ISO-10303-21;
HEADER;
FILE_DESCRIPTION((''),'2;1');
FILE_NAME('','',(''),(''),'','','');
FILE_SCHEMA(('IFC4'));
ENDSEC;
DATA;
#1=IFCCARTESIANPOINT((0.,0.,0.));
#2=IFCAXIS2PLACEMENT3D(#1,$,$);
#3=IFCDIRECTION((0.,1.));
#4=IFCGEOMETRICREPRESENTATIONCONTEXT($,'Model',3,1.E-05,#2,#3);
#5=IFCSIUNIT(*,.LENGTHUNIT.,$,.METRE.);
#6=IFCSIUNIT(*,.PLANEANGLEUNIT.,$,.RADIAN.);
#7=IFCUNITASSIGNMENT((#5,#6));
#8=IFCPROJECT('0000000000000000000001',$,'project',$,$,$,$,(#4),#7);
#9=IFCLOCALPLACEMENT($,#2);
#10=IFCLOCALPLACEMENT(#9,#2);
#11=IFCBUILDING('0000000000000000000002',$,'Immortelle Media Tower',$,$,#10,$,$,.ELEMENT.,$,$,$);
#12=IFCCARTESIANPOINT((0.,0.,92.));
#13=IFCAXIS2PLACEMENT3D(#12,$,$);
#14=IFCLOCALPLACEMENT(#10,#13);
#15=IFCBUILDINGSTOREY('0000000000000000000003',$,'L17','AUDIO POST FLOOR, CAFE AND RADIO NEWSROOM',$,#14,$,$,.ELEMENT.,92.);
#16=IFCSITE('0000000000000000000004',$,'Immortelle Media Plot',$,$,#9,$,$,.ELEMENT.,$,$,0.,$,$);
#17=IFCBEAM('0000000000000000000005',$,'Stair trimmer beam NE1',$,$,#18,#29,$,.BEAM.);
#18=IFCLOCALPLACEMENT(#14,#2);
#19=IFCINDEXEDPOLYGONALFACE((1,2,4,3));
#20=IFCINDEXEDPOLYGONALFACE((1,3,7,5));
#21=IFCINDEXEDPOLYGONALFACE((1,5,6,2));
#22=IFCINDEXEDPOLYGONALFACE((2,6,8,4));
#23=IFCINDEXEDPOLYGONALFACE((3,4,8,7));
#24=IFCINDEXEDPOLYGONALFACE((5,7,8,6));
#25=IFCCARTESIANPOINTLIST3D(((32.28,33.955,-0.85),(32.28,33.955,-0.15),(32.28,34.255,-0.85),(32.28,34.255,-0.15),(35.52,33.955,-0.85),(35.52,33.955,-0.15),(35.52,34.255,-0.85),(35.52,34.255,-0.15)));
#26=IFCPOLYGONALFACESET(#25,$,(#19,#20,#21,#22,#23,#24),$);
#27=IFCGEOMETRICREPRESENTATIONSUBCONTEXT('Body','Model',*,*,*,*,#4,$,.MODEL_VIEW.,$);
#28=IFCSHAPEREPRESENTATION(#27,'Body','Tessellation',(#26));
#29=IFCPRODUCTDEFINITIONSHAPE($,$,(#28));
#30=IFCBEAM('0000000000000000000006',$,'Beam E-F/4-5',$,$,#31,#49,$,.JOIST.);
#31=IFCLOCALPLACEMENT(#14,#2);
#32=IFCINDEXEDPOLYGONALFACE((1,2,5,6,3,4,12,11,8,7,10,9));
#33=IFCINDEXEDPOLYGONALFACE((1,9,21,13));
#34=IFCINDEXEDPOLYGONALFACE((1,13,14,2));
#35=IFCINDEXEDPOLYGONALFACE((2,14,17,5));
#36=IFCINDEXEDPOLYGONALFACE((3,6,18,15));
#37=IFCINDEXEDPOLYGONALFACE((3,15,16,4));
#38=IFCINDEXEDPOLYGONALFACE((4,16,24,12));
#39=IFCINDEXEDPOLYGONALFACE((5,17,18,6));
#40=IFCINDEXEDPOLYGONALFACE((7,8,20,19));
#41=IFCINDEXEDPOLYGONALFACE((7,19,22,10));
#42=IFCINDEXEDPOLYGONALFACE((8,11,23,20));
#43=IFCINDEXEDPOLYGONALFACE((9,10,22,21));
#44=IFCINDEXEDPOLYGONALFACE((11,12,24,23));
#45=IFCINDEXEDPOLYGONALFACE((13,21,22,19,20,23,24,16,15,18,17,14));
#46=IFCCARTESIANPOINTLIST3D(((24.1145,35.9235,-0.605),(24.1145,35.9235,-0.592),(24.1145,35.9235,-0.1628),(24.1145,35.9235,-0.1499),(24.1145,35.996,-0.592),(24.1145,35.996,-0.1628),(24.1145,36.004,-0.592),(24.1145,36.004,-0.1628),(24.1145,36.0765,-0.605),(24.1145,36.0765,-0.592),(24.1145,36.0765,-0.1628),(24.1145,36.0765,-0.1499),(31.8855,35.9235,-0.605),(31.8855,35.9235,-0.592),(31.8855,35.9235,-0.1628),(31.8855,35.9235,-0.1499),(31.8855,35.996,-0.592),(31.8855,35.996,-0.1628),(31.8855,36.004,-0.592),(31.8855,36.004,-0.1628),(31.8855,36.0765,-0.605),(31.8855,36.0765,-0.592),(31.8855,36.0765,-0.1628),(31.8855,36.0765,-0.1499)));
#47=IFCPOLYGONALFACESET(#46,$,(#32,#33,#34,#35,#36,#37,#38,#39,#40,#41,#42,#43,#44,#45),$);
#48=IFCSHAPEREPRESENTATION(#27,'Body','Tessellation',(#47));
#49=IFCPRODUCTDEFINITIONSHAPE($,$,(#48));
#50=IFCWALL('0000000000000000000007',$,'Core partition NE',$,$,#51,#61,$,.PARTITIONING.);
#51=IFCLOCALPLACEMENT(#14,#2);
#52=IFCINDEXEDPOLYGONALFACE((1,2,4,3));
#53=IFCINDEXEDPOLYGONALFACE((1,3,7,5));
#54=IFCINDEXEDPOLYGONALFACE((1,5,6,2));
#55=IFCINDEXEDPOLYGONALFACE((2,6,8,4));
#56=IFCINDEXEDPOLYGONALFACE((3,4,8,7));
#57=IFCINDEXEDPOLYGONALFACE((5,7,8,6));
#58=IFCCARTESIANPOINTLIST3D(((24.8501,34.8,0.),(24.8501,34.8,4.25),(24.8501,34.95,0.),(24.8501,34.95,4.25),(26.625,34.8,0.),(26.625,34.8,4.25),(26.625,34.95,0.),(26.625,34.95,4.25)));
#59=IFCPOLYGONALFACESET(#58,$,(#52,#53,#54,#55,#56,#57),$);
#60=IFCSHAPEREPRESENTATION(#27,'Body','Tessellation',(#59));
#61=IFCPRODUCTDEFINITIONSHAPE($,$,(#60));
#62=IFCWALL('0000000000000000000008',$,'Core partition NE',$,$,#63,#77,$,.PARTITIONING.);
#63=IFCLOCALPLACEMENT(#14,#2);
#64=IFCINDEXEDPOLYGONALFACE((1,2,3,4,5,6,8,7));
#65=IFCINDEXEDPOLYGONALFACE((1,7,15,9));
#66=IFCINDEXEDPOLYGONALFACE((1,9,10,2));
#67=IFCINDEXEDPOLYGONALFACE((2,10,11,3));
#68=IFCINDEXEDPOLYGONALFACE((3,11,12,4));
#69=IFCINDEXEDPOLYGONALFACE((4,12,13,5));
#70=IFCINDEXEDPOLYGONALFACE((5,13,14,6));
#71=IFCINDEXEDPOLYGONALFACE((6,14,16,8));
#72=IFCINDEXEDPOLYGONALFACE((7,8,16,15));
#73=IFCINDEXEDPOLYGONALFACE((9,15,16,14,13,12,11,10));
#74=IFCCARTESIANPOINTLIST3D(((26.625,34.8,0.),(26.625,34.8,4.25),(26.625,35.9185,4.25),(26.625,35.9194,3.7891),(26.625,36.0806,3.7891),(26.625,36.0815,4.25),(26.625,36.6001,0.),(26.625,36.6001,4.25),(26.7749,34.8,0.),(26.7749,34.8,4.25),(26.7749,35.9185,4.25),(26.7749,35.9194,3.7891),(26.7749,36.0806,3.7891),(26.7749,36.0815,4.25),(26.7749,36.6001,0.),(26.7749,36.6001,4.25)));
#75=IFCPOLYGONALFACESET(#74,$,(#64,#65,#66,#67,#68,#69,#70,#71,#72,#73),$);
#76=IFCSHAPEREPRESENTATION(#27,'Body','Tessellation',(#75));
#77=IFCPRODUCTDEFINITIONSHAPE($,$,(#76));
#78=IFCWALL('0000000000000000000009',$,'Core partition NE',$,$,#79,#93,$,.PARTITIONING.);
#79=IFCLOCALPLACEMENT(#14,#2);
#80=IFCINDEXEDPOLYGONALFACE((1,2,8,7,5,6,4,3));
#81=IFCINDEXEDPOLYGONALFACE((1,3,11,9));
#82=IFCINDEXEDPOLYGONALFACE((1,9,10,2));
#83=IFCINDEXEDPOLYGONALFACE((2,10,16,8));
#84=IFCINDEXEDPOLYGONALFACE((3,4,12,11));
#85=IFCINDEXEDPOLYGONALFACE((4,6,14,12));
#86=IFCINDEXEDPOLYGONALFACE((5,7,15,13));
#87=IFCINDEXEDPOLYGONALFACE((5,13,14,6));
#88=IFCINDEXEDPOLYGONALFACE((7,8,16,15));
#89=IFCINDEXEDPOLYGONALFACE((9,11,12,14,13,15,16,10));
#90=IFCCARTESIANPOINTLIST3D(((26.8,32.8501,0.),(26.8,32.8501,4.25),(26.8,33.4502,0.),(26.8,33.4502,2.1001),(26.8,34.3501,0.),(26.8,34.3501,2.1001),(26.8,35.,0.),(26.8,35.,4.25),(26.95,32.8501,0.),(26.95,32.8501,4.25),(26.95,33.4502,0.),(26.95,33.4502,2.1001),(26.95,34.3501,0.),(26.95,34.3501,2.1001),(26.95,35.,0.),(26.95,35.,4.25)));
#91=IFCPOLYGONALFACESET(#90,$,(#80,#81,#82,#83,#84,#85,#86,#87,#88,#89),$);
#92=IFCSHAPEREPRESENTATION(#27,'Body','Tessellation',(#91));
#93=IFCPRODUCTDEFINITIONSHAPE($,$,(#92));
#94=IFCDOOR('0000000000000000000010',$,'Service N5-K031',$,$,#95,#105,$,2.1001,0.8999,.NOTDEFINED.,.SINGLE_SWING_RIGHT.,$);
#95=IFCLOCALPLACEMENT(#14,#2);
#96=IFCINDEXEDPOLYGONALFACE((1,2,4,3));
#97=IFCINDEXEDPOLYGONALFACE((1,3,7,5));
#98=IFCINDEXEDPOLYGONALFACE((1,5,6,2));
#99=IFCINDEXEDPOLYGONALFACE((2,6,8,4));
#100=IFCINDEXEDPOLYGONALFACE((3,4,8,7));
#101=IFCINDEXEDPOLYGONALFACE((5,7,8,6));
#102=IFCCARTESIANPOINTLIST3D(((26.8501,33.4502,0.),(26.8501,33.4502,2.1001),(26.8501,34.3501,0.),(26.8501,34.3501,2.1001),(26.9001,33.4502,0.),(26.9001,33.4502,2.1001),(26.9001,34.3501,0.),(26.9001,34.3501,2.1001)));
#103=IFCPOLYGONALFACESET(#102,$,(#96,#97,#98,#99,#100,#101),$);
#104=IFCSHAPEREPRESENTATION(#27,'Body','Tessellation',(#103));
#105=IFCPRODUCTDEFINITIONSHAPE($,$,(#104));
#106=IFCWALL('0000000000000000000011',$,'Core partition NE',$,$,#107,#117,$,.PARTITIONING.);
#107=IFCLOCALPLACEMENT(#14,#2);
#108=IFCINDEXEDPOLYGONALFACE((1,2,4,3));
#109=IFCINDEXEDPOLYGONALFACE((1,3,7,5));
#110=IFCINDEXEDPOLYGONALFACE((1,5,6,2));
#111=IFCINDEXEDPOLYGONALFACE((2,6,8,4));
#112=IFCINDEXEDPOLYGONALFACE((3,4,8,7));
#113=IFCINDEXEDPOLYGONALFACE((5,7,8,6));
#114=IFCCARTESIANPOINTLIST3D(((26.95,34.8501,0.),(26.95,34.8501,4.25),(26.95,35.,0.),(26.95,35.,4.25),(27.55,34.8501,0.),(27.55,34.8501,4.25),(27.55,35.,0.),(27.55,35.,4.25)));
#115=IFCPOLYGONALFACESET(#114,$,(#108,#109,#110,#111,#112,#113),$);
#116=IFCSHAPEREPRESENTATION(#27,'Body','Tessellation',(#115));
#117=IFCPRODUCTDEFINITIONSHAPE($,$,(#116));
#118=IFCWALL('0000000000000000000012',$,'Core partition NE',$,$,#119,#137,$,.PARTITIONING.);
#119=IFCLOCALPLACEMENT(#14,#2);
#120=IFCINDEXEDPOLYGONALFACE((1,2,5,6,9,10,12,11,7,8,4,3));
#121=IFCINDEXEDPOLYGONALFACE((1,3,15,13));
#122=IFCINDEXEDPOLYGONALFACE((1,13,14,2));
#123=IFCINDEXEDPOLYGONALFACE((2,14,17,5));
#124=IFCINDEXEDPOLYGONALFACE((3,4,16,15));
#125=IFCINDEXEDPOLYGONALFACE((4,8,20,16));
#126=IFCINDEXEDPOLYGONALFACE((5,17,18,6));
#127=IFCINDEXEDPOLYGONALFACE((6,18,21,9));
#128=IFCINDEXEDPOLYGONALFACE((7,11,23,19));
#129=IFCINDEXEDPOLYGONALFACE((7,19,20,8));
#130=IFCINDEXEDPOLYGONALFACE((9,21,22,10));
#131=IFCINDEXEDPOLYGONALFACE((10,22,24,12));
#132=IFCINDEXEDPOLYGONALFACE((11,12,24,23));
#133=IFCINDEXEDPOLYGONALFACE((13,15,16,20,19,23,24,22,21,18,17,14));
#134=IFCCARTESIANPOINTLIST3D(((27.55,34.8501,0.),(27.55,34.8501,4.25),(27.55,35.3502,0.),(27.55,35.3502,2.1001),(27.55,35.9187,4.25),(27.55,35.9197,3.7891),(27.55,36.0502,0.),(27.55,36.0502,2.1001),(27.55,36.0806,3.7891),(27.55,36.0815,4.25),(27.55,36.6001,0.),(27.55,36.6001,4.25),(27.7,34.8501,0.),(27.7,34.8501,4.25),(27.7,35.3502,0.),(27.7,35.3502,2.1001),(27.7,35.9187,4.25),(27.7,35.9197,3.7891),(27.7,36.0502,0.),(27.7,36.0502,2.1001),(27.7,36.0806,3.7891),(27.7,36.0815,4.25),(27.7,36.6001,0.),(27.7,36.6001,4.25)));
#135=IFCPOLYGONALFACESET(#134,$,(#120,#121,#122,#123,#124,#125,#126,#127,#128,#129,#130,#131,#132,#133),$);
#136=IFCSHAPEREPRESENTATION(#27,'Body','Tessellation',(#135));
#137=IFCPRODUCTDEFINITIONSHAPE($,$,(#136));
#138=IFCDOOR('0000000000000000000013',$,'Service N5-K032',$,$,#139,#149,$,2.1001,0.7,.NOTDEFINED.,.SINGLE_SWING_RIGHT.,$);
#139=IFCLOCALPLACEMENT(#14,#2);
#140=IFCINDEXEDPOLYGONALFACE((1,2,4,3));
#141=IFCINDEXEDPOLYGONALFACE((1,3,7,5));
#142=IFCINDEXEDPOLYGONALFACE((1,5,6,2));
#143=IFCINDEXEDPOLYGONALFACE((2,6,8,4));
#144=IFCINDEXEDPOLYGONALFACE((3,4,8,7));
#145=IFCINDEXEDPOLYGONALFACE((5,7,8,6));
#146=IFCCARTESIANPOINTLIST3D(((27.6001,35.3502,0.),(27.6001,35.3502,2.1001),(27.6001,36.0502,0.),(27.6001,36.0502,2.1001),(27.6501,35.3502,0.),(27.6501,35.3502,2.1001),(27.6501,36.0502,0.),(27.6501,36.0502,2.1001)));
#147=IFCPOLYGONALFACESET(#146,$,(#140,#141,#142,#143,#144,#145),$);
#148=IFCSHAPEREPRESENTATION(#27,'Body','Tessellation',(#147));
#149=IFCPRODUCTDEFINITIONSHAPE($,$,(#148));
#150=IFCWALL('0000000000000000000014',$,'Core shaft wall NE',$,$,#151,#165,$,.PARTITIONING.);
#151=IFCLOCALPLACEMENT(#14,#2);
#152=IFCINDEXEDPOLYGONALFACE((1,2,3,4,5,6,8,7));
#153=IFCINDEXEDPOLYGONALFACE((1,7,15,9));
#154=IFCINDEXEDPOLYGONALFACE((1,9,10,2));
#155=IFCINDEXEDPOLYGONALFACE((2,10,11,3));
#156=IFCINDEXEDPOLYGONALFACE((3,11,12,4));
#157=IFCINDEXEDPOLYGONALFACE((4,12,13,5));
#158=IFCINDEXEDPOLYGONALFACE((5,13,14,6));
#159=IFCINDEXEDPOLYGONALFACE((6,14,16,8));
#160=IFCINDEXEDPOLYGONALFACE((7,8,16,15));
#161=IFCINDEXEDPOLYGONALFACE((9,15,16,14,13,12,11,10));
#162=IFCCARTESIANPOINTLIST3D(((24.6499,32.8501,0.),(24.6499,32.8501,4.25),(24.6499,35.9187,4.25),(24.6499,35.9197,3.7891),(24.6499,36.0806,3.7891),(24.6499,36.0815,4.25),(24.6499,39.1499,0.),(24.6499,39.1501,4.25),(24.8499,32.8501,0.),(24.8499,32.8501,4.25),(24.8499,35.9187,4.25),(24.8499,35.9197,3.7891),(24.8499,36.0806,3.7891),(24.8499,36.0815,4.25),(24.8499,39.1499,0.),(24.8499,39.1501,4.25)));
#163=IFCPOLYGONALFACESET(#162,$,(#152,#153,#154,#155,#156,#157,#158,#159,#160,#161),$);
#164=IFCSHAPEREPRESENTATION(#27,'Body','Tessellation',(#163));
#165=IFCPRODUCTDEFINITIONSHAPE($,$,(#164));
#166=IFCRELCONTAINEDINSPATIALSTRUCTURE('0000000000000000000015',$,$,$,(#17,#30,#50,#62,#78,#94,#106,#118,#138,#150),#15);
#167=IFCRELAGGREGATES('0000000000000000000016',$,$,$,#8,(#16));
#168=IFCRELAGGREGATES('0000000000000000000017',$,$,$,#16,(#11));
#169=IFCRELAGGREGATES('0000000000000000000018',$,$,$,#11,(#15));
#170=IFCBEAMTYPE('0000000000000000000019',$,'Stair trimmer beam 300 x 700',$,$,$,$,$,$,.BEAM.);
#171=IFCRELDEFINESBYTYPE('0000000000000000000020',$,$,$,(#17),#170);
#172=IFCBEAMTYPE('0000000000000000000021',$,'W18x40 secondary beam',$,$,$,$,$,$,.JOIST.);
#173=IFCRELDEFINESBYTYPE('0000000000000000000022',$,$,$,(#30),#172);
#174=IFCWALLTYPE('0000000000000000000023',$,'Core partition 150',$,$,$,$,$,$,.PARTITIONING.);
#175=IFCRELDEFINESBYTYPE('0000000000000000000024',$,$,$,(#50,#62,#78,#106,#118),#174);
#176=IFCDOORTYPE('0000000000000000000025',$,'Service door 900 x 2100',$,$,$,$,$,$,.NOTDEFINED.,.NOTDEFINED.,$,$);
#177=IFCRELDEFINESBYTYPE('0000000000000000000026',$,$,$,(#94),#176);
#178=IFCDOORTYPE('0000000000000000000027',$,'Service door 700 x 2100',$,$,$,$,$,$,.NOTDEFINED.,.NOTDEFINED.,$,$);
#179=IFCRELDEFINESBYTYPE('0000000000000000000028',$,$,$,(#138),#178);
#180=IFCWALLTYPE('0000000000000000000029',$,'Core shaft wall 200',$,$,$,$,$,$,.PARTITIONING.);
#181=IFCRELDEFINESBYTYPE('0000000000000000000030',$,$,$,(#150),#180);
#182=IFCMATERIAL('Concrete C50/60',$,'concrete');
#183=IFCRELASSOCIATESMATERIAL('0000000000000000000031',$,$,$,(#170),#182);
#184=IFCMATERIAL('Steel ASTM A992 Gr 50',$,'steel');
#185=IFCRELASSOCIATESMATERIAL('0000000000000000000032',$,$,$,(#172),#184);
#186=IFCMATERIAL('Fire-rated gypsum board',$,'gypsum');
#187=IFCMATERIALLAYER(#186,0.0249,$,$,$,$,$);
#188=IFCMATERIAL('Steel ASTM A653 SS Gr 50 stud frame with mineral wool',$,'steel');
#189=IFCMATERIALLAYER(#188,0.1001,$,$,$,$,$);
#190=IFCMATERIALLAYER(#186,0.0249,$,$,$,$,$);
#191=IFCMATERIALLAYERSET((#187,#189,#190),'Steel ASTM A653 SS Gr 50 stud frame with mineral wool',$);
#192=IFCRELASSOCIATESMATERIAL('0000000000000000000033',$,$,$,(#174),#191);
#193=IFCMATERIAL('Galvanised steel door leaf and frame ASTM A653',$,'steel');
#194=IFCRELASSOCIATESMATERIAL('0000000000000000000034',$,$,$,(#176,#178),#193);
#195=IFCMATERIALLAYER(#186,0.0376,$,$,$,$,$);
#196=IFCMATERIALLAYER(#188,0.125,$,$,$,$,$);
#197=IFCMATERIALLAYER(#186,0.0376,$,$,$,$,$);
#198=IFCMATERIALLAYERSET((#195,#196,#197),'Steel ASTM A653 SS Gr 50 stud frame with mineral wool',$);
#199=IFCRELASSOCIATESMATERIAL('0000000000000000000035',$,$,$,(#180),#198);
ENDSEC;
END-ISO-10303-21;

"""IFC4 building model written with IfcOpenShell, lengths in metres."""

from ifc_helpers import new_model, si_unit, direction, frame, frame_2d, origin, origin_2d, place, context, subcontext, project, spatial, polyline, rectangle, i_section, outline, extrude, material, layer, layer_set, material_profile, profile_set, type_object, element, fill, save


model = new_model("IFC4")

# Units and contexts
model_context = context("Model", 3, precision=1e-05, world=origin(), true_north=direction((0.0, 1.0)))
body_context = subcontext(model_context, "Body", "Model", "MODEL_VIEW")
ifc_project = project(units=[si_unit("LENGTHUNIT", "METRE"), si_unit("PLANEANGLEUNIT", "RADIAN")], contexts=[model_context])

# Site, building, storey
site_placement = place(None, origin())
site = spatial("IfcSite", under=ifc_project, at=site_placement, Name="Immortelle Media Plot", CompositionType="ELEMENT", RefElevation=0.0)
building_placement = place(site_placement, origin())
building = spatial("IfcBuilding", under=site, at=building_placement, Name="Immortelle Media Tower", CompositionType="ELEMENT")
storey_placement = place(building_placement, frame((0.0, 0.0, 92.0)))
storey = spatial("IfcBuildingStorey", under=building, at=storey_placement, Name="L17", Description="AUDIO POST FLOOR, CAFE AND RADIO NEWSROOM", CompositionType="ELEMENT", Elevation=92.0)

# Beams
ifc_material_1 = material(Name="Concrete C50/60", Category="concrete")
ifc_material_profile_1 = material_profile(ifc_material_1, rectangle(XDim=0.3, YDim=0.7, at=origin_2d()), Name="RC 300x700")
ifc_profile_set_1 = profile_set([ifc_material_profile_1], Name="Concrete C50/60")
beam_type_1 = type_object("IfcBeamType", Name="Stair trimmer beam 300 x 700", PredefinedType="BEAM", material=ifc_profile_set_1)
beam_1_placement = place(storey_placement, frame((32.28, 34.105, -0.5), z_axis=(1.0, 0.0, 0.0), x_axis=(0.0, 1.0, 0.0)))
element("IfcBeam", 1, at=beam_1_placement, inside=storey, type_object=beam_type_1, Name="Stair trimmer beam NE1", PredefinedType="BEAM", context=body_context, shape_type="SweptSolid", body=[
    extrude(rectangle(XDim=0.3, YDim=0.7, at=origin_2d()), origin(), (0.0, 0.0, 1.0), 3.24),
])
ifc_material_2 = material(Name="Steel ASTM A992 Gr 50", Category="steel")
ifc_material_profile_2 = material_profile(ifc_material_2, i_section(OverallWidth=0.1531, OverallDepth=0.4551, WebThickness=0.0081, FlangeThickness=0.0129, at=origin_2d()), Name="W18x40")
ifc_profile_set_2 = profile_set([ifc_material_profile_2], Name="Steel ASTM A992 Gr 50")
beam_type_2 = type_object("IfcBeamType", Name="W18x40 secondary beam", PredefinedType="JOIST", material=ifc_profile_set_2)
beam_2_placement = place(storey_placement, frame((24.1145, 36.0, -0.3774), z_axis=(1.0, 0.0, 0.0), x_axis=(0.0, 1.0, 0.0)))
element("IfcBeam", 2, at=beam_2_placement, inside=storey, type_object=beam_type_2, Name="Beam E-F/4-5", PredefinedType="JOIST", context=body_context, shape_type="SweptSolid", body=[
    extrude(i_section(OverallWidth=0.1531, OverallDepth=0.4551, WebThickness=0.0081, FlangeThickness=0.0129, at=origin_2d()), origin(), (0.0, 0.0, 1.0), 7.771),
])

# Walls
ifc_material_3 = material(Name="Fire-rated gypsum board", Category="gypsum")
ifc_layer_1 = layer(ifc_material_3, 0.0249)
ifc_material_4 = material(Name="Steel ASTM A653 SS Gr 50 stud frame with mineral wool", Category="steel")
ifc_layer_2 = layer(ifc_material_4, 0.1001)
ifc_layer_3 = layer(ifc_material_3, 0.0249)
ifc_layer_set_1 = layer_set([ifc_layer_1, ifc_layer_2, ifc_layer_3], Name="Steel ASTM A653 SS Gr 50 stud frame with mineral wool")
wall_type_1 = type_object("IfcWallType", Name="Core partition 150", PredefinedType="PARTITIONING", material=ifc_layer_set_1)
wall_1_placement = place(storey_placement, frame((24.8501, 34.875, 0.0), z_axis=(0.0, 0.0, 1.0), x_axis=(1.0, 0.0, 0.0)))
element("IfcWall", 3, at=wall_1_placement, inside=storey, type_object=wall_type_1, Name="Core partition NE", PredefinedType="PARTITIONING", context=body_context, shape_type="SweptSolid", body=[
    extrude(rectangle(XDim=1.7749, YDim=0.1499, at=frame_2d((0.8875, 0.0))), origin(), (0.0, 0.0, 1.0), 4.25),
])
wall_2_placement = place(storey_placement, frame((26.7, 34.8, 0.0), z_axis=(0.0, 0.0, 1.0), x_axis=(0.0, 1.0, 0.0)))
element("IfcWall", 4, at=wall_2_placement, inside=storey, type_object=wall_type_1, Name="Core partition NE", PredefinedType="PARTITIONING", context=body_context, shape_type="SweptSolid", body=[
    extrude(outline(polyline([(0.0, 0.0), (1.8, 0.0), (1.8, 4.25), (1.2815, 4.25), (1.2805, 3.7891), (1.1194, 3.7891), (1.1184, 4.25), (0.0, 4.25), (0.0, 0.0)])), frame((0.0, 0.075, 0.0), z_axis=(0.0, -1.0, 0.0), x_axis=(1.0, 0.0, 0.0)), (0.0, 0.0, 1.0), 0.1499),
])

# Wall, opening, door
wall_3_placement = place(storey_placement, frame((26.875, 32.8501, 0.0), z_axis=(0.0, 0.0, 1.0), x_axis=(0.0, 1.0, 0.0)))
wall_3 = element("IfcWall", 5, at=wall_3_placement, inside=storey, type_object=wall_type_1, Name="Core partition NE", PredefinedType="PARTITIONING", context=body_context, shape_type="SweptSolid", body=[
    extrude(rectangle(XDim=2.1499, YDim=0.1499, at=frame_2d((1.075, 0.0))), origin(), (0.0, 0.0, 1.0), 4.25),
])
opening_1_placement = place(wall_3_placement, frame((0.6001, 0.0, 0.0)))
opening_1 = element("IfcOpeningElement", 6, at=opening_1_placement, cuts=wall_3, PredefinedType="OPENING", context=body_context, shape_type="SweptSolid", body=[
    extrude(rectangle(XDim=0.8999, YDim=2.1001, at=frame_2d((0.45, 1.05))), frame((0.0, 0.085, 0.0), z_axis=(0.0, -1.0, 0.0), x_axis=(1.0, 0.0, 0.0)), (0.0, 0.0, 1.0), 0.1699),
])
ifc_material_5 = material(Name="Galvanised steel door leaf and frame ASTM A653", Category="steel")
door_type_1 = type_object("IfcDoorType", Name="Service door 900 x 2100", OperationType="NOTDEFINED", PredefinedType="NOTDEFINED", material=ifc_material_5)
door_1_placement = place(opening_1_placement, origin())
door_1 = element("IfcDoor", 7, at=door_1_placement, inside=storey, type_object=door_type_1, Name="Service N5-K031", OperationType="SINGLE_SWING_RIGHT", OverallHeight=2.1001, OverallWidth=0.8999, PredefinedType="NOTDEFINED", context=body_context, shape_type="SweptSolid", body=[
    extrude(rectangle(XDim=0.8999, YDim=2.1001, at=frame_2d((0.45, 1.05))), frame((0.0, 0.0249, 0.0), z_axis=(0.0, -1.0, 0.0), x_axis=(1.0, 0.0, 0.0)), (0.0, 0.0, 1.0), 0.05),
])
fill(opening_1, door_1)

# Wall
wall_4_placement = place(storey_placement, frame((26.95, 34.925, 0.0), z_axis=(0.0, 0.0, 1.0), x_axis=(1.0, 0.0, 0.0)))
element("IfcWall", 8, at=wall_4_placement, inside=storey, type_object=wall_type_1, Name="Core partition NE", PredefinedType="PARTITIONING", context=body_context, shape_type="SweptSolid", body=[
    extrude(rectangle(XDim=0.6001, YDim=0.1499, at=frame_2d((0.3, 0.0))), origin(), (0.0, 0.0, 1.0), 4.25),
])

# Wall, opening, door
wall_5_placement = place(storey_placement, frame((27.625, 34.8501, 0.0), z_axis=(0.0, 0.0, 1.0), x_axis=(0.0, 1.0, 0.0)))
wall_5 = element("IfcWall", 9, at=wall_5_placement, inside=storey, type_object=wall_type_1, Name="Core partition NE", PredefinedType="PARTITIONING", context=body_context, shape_type="SweptSolid", body=[
    extrude(outline(polyline([(0.0, 0.0), (1.75, 0.0), (1.75, 4.25), (1.2314, 4.25), (1.2305, 3.7891), (1.0696, 3.7891), (1.0686, 4.25), (0.0, 4.25), (0.0, 0.0)])), frame((0.0, 0.075, 0.0), z_axis=(0.0, -1.0, 0.0), x_axis=(1.0, 0.0, 0.0)), (0.0, 0.0, 1.0), 0.1499),
])
opening_2_placement = place(wall_5_placement, frame((0.5, 0.0, 0.0)))
opening_2 = element("IfcOpeningElement", 10, at=opening_2_placement, cuts=wall_5, PredefinedType="OPENING", context=body_context, shape_type="SweptSolid", body=[
    extrude(rectangle(XDim=0.7, YDim=2.1001, at=frame_2d((0.3501, 1.05))), frame((0.0, 0.085, 0.0), z_axis=(0.0, -1.0, 0.0), x_axis=(1.0, 0.0, 0.0)), (0.0, 0.0, 1.0), 0.1699),
])
door_type_2 = type_object("IfcDoorType", Name="Service door 700 x 2100", OperationType="NOTDEFINED", PredefinedType="NOTDEFINED", material=ifc_material_5)
door_2_placement = place(opening_2_placement, origin())
door_2 = element("IfcDoor", 11, at=door_2_placement, inside=storey, type_object=door_type_2, Name="Service N5-K032", OperationType="SINGLE_SWING_RIGHT", OverallHeight=2.1001, OverallWidth=0.7, PredefinedType="NOTDEFINED", context=body_context, shape_type="SweptSolid", body=[
    extrude(rectangle(XDim=0.7, YDim=2.1001, at=frame_2d((0.3501, 1.05))), frame((0.0, 0.0249, 0.0), z_axis=(0.0, -1.0, 0.0), x_axis=(1.0, 0.0, 0.0)), (0.0, 0.0, 1.0), 0.05),
])
fill(opening_2, door_2)

# Wall
ifc_layer_4 = layer(ifc_material_3, 0.0376)
ifc_layer_5 = layer(ifc_material_4, 0.125)
ifc_layer_6 = layer(ifc_material_3, 0.0376)
ifc_layer_set_2 = layer_set([ifc_layer_4, ifc_layer_5, ifc_layer_6], Name="Steel ASTM A653 SS Gr 50 stud frame with mineral wool")
wall_type_2 = type_object("IfcWallType", Name="Core shaft wall 200", PredefinedType="PARTITIONING", material=ifc_layer_set_2)
wall_6_placement = place(storey_placement, frame((24.75, 32.8501, 0.0), z_axis=(0.0, 0.0, 1.0), x_axis=(0.0, 1.0, 0.0)))
element("IfcWall", 12, at=wall_6_placement, inside=storey, type_object=wall_type_2, Name="Core shaft wall NE", PredefinedType="PARTITIONING", context=body_context, shape_type="SweptSolid", body=[
    extrude(outline(polyline([(0.0, 0.0), (6.2998, 0.0), (6.3, 4.25), (3.2314, 4.25), (3.2305, 3.7891), (3.0696, 3.7891), (3.0686, 4.25), (0.0, 4.25), (0.0, 0.0)])), frame((0.0, 0.1001, 0.0), z_axis=(0.0, -1.0, 0.0), x_axis=(1.0, 0.0, 0.0)), (0.0, 0.0, 1.0), 0.2),
])

save(model, "model.ifc")
